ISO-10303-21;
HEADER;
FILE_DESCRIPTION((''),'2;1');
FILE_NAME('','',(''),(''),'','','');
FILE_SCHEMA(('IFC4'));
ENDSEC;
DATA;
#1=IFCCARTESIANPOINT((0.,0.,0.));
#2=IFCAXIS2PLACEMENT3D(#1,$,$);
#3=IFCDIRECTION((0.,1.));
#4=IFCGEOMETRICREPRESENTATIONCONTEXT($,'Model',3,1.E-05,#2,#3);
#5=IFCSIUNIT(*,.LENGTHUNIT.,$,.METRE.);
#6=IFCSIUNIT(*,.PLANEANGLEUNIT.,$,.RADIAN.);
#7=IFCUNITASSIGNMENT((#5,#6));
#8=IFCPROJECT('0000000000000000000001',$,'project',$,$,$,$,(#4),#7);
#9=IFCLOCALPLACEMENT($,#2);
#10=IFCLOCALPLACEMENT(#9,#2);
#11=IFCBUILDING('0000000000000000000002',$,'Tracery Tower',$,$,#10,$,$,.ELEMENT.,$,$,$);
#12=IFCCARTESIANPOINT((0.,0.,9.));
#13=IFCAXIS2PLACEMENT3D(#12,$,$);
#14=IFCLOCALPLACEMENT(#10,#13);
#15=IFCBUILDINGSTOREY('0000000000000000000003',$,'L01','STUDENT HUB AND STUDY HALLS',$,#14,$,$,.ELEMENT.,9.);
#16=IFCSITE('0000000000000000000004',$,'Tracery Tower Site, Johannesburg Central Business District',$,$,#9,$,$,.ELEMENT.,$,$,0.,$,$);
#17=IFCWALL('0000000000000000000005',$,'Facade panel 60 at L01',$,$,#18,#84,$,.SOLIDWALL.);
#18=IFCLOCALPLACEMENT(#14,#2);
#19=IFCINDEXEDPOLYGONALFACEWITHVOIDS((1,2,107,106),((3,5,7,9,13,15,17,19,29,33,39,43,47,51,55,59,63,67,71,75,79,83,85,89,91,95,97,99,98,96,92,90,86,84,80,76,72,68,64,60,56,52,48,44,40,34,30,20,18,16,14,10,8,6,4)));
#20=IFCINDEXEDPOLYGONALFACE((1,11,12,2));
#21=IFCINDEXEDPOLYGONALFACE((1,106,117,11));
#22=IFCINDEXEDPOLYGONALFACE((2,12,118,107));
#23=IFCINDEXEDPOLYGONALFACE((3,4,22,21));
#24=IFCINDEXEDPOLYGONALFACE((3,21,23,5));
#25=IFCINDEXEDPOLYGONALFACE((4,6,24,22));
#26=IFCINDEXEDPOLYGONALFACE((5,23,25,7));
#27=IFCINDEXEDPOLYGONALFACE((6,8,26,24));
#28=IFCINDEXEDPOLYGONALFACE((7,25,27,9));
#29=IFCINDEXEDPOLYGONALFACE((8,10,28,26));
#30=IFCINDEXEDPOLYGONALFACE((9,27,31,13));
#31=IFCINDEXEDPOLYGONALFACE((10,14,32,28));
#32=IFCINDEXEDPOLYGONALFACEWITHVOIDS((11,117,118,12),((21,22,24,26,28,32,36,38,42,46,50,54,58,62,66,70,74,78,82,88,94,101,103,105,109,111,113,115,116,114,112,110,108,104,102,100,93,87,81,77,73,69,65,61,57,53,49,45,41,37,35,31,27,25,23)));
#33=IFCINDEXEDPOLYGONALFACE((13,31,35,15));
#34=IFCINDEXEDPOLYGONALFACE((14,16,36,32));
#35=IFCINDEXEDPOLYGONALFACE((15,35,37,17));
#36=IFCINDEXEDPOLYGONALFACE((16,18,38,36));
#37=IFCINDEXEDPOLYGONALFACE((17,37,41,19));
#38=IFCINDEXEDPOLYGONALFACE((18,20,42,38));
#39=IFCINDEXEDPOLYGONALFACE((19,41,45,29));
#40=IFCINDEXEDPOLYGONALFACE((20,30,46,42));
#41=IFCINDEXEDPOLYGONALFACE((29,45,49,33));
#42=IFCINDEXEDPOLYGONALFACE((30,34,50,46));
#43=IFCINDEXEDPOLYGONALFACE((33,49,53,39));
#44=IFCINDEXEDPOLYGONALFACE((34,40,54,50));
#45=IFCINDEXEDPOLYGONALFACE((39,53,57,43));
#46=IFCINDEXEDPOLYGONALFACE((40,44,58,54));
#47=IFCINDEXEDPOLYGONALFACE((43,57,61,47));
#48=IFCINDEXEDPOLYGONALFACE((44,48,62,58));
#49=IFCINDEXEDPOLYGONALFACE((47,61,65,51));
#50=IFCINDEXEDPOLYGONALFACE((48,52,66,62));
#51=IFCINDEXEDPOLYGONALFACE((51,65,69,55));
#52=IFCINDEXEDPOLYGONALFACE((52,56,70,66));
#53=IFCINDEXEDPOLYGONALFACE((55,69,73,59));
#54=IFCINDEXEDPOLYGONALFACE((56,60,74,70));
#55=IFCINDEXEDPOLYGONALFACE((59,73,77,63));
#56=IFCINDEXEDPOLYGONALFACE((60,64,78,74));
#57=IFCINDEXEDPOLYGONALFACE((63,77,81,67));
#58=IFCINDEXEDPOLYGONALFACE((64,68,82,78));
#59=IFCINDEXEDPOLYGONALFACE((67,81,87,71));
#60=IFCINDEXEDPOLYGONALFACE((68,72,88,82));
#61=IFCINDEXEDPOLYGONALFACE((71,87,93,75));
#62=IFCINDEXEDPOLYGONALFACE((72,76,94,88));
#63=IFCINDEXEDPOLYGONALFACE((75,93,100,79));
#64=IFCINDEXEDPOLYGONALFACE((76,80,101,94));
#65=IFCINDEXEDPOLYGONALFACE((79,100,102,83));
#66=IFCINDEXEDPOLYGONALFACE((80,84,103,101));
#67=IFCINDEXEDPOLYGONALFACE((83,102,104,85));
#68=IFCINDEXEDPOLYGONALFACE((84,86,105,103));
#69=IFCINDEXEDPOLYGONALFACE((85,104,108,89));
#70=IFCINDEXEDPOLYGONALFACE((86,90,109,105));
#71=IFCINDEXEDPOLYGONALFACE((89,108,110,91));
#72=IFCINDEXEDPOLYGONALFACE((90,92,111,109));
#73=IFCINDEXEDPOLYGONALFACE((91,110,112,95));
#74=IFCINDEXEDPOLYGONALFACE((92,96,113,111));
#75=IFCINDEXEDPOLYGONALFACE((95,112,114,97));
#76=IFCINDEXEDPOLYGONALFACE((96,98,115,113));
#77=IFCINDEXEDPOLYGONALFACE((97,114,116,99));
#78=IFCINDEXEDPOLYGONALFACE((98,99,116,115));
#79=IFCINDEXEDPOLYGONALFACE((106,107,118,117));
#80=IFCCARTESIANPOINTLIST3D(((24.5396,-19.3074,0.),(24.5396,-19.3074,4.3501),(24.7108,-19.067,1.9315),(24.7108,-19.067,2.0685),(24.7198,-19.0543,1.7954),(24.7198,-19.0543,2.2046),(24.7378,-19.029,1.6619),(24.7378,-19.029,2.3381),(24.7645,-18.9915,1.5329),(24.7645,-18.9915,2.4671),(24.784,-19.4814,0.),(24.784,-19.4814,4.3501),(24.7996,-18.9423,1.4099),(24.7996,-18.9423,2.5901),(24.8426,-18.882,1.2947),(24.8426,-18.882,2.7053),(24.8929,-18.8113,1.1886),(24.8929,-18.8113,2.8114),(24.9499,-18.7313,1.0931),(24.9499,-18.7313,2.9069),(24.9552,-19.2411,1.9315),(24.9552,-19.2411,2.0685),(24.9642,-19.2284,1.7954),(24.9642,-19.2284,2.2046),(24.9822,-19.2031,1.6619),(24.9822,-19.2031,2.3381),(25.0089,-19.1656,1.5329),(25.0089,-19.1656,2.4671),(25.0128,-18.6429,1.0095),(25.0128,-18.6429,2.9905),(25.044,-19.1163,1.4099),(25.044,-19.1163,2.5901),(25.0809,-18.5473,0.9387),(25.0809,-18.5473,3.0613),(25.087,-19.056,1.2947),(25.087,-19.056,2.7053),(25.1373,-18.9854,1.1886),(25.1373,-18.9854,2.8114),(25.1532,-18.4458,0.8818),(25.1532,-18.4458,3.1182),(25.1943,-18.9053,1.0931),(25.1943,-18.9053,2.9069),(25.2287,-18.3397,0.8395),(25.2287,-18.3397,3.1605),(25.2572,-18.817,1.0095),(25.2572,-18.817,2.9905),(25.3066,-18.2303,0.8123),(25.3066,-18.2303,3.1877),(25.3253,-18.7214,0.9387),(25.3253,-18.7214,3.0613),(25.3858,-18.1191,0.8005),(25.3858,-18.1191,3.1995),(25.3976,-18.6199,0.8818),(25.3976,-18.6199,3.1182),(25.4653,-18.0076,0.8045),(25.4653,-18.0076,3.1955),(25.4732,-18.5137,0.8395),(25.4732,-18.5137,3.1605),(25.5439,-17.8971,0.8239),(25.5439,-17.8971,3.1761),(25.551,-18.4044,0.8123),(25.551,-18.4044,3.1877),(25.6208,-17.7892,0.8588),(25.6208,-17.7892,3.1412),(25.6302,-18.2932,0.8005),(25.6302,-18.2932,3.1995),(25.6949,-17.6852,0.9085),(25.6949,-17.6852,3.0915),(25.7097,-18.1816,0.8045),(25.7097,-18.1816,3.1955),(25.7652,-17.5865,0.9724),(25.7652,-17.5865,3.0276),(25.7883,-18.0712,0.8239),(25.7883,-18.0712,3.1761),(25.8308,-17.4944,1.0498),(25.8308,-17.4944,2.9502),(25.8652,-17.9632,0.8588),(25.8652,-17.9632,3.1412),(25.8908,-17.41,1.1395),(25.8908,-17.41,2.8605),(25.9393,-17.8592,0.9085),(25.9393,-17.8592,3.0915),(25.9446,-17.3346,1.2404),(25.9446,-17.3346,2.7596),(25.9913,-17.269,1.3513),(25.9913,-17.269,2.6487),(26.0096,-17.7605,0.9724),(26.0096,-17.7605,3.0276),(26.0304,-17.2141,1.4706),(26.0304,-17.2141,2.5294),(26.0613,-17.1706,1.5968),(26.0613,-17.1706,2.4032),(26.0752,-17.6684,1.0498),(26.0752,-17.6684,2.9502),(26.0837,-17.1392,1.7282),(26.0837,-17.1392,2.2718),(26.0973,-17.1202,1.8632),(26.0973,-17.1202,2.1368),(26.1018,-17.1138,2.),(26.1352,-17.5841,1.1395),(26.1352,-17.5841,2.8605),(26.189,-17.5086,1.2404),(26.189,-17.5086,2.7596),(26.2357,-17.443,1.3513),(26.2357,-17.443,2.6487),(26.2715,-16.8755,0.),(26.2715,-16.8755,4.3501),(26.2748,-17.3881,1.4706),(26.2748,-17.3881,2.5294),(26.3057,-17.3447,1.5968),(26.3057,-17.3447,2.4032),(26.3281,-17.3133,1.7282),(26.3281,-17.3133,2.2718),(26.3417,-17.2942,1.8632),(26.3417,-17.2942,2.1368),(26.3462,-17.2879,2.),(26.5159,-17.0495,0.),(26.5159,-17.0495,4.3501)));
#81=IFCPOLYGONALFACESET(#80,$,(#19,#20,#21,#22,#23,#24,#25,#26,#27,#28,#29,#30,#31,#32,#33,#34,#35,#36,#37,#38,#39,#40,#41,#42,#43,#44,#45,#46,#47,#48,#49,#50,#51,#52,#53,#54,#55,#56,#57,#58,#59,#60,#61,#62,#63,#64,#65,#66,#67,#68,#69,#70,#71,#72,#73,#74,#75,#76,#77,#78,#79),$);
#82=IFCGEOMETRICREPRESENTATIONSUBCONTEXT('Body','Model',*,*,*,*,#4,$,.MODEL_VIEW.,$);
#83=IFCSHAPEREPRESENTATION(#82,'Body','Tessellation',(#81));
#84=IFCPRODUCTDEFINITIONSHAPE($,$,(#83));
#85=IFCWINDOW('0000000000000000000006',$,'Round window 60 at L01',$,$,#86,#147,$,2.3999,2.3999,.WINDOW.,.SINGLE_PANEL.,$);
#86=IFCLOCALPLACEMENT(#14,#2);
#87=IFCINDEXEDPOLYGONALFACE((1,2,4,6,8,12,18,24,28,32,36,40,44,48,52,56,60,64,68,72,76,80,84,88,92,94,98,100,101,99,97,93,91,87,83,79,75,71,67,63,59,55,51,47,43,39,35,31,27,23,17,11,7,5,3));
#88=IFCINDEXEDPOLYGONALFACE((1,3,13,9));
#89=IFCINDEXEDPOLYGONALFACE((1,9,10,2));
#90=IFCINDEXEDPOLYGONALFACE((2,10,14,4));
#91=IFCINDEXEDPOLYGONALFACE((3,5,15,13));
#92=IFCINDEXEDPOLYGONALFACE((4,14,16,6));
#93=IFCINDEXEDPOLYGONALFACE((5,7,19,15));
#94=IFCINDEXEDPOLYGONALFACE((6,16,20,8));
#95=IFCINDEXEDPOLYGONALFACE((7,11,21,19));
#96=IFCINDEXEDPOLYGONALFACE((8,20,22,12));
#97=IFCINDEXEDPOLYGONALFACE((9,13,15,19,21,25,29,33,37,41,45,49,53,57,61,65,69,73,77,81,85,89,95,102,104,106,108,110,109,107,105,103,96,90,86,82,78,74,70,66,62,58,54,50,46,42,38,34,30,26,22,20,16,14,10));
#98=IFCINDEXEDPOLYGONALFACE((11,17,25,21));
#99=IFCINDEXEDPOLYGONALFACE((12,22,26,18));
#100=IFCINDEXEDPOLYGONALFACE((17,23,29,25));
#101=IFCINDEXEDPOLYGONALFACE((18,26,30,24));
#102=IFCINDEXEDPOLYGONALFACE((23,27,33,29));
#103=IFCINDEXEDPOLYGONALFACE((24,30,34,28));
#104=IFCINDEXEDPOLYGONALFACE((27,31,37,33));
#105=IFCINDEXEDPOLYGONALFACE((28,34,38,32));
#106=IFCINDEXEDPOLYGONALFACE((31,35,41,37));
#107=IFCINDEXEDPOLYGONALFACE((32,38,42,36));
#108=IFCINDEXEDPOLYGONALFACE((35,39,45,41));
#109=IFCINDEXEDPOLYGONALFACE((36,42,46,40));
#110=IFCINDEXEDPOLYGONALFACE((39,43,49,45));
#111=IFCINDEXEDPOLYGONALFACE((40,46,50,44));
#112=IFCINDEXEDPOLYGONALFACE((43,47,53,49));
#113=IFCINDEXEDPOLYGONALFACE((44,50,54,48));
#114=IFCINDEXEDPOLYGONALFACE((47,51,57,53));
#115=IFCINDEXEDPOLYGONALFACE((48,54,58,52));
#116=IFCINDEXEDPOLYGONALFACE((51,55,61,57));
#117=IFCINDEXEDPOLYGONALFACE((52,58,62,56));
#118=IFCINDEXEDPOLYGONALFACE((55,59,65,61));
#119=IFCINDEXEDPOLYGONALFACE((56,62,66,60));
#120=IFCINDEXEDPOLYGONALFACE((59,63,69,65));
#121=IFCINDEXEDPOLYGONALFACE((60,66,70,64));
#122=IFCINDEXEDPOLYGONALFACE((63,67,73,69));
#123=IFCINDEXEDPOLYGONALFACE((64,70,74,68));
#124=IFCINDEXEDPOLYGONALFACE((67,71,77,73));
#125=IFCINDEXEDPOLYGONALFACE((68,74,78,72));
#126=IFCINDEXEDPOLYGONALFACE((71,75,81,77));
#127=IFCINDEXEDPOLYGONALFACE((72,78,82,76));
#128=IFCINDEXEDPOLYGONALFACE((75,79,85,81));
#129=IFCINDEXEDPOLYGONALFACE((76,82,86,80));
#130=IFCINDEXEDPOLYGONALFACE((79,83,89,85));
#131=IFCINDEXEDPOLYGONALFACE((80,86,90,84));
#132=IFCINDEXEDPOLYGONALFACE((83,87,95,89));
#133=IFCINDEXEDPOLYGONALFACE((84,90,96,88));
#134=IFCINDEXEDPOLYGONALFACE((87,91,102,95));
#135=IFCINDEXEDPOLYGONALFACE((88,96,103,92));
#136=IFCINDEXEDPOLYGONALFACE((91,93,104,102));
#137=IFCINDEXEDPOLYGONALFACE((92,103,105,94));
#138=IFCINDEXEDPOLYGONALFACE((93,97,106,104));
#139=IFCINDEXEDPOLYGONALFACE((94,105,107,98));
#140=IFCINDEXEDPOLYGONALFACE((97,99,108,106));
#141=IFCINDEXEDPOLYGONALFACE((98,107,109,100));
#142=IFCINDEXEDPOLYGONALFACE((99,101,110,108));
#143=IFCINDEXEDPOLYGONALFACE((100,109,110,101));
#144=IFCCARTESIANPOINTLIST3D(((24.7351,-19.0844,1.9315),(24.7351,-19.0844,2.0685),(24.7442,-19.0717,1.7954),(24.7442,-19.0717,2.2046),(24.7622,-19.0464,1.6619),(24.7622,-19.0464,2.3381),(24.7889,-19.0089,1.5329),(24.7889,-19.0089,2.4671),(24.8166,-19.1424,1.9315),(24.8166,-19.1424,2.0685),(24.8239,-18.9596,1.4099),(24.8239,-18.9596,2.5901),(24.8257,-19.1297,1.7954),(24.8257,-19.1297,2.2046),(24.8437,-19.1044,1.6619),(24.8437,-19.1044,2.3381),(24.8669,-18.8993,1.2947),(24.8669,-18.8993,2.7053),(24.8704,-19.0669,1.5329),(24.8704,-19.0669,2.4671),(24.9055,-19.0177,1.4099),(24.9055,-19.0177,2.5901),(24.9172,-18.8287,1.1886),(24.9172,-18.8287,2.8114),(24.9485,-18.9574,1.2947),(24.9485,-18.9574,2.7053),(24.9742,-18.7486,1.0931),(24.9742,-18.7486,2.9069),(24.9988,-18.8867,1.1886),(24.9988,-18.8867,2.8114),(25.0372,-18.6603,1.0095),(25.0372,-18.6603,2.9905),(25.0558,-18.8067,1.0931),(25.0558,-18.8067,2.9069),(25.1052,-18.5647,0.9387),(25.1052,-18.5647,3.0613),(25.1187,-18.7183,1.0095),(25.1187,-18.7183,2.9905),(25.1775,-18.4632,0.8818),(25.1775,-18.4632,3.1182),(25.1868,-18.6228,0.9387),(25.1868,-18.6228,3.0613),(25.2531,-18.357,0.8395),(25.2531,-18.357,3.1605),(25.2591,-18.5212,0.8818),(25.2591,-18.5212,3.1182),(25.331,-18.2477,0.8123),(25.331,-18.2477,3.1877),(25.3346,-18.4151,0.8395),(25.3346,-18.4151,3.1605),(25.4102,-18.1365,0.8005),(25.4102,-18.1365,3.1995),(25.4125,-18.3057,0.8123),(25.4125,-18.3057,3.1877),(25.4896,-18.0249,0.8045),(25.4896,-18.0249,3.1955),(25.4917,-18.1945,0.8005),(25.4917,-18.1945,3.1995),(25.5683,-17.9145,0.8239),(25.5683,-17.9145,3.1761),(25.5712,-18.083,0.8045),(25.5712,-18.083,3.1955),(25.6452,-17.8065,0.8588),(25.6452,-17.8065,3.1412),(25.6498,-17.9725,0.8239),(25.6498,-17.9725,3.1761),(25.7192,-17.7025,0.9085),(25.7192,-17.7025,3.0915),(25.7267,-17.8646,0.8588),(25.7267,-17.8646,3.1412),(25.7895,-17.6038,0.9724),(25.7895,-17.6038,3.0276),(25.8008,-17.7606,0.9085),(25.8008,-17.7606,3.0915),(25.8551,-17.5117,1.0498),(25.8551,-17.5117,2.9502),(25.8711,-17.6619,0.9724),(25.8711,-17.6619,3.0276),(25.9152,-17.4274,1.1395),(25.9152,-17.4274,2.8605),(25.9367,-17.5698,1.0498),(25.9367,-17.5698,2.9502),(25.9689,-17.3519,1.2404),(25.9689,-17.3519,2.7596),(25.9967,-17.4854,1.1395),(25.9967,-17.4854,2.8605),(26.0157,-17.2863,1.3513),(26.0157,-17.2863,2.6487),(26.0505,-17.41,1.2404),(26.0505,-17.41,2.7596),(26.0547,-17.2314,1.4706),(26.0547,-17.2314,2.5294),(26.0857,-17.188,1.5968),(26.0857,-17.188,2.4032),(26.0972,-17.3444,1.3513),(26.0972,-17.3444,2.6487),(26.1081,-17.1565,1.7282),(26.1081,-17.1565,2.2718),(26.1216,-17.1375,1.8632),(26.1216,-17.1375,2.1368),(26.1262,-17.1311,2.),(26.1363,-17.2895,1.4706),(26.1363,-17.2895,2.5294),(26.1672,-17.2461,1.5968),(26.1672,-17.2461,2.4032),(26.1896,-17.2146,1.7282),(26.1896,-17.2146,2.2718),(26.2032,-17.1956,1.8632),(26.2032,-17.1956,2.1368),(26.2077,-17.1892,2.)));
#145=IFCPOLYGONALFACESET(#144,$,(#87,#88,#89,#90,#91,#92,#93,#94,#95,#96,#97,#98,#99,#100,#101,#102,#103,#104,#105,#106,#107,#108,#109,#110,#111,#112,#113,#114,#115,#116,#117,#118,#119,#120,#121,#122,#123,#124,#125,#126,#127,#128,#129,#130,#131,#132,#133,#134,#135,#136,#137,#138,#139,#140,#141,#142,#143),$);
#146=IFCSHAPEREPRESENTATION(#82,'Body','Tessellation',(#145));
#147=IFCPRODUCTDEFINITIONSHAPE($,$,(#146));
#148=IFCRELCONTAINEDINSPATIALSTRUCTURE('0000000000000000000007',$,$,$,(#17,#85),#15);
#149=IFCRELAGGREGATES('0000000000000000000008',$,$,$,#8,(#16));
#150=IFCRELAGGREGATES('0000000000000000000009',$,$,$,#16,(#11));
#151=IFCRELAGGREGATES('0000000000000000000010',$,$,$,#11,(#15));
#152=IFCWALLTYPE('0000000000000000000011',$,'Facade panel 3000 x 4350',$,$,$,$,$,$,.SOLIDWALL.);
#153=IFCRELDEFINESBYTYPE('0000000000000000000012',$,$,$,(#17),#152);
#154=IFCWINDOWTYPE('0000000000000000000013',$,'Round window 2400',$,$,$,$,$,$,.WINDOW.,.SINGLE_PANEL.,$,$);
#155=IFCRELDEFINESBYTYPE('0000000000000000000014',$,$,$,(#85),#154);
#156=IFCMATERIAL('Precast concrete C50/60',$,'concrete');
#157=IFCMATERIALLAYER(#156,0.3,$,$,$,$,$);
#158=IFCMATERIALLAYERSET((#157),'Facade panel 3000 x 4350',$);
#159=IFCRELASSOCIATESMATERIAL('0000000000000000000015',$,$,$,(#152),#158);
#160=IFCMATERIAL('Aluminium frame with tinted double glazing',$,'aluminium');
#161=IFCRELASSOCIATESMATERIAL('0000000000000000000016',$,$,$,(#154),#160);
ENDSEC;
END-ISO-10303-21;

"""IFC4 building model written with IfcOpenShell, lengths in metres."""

from ifc_helpers import new_model, si_unit, direction, frame, frame_2d, origin, origin_2d, place, context, subcontext, project, spatial, rectangle, circle, extrude, material, layer, layer_set, type_object, element, fill, save


model = new_model("IFC4")

# Units and contexts
model_context = context("Model", 3, precision=1e-05, world=origin(), true_north=direction((0.0, 1.0)))
body_context = subcontext(model_context, "Body", "Model", "MODEL_VIEW")
ifc_project = project(units=[si_unit("LENGTHUNIT", "METRE"), si_unit("PLANEANGLEUNIT", "RADIAN")], contexts=[model_context])

# Site, building, storey
site_placement = place(None, origin())
site = spatial("IfcSite", under=ifc_project, at=site_placement, Name="Tracery Tower Site, Johannesburg Central Business District", CompositionType="ELEMENT", RefElevation=0.0)
building_placement = place(site_placement, origin())
building = spatial("IfcBuilding", under=site, at=building_placement, Name="Tracery Tower", CompositionType="ELEMENT")
storey_placement = place(building_placement, frame((0.0, 0.0, 9.0)))
storey = spatial("IfcBuildingStorey", under=building, at=storey_placement, Name="L01", Description="STUDENT HUB AND STUDY HALLS", CompositionType="ELEMENT", Elevation=9.0)

# Wall, opening, window
ifc_material_1 = material(Name="Precast concrete C50/60", Category="concrete")
ifc_layer_1 = layer(ifc_material_1, 0.3)
ifc_layer_set_1 = layer_set([ifc_layer_1], Name="Facade panel 3000 x 4350")
wall_type_1 = type_object("IfcWallType", Name="Facade panel 3000 x 4350", PredefinedType="SOLIDWALL", material=ifc_layer_set_1)
ifc_material_2 = material(Name="Aluminium frame with tinted double glazing", Category="aluminium")
window_type = type_object("IfcWindowType", Name="Round window 2400", PartitioningType="SINGLE_PANEL", PredefinedType="WINDOW", material=ifc_material_2)
wall_1_placement = place(storey_placement, frame((24.6619, -19.3943, 0.0), z_axis=(0.0, 0.0, 1.0), x_axis=(0.580101, 0.814545, 0.0)))
wall_1 = element("IfcWall", 1, at=wall_1_placement, inside=storey, type_object=wall_type_1, Name="Facade panel 60 at L01", PredefinedType="SOLIDWALL", context=body_context, shape_type="SweptSolid", body=[
    extrude(rectangle(XDim=2.9856, YDim=0.3, at=frame_2d((1.4927, 0.0))), origin(), (0.0, 0.0, 1.0), 4.3501),
])
opening_1_placement = place(wall_1_placement, frame((1.4929, 0.0, 2.0)))
opening_1 = element("IfcOpeningElement", 2, at=opening_1_placement, cuts=wall_1, PredefinedType="OPENING", context=body_context, shape_type="SweptSolid", body=[
    extrude(circle(Radius=1.2, at=origin_2d()), frame((0.0, 0.1599, 0.0), z_axis=(0.0, -1.0, 0.0), x_axis=(1.0, 0.0, 0.0)), (0.0, 0.0, 1.0), 0.3201),
])
window_1_placement = place(opening_1_placement, origin())
window_1 = element("IfcWindow", 3, at=window_1_placement, inside=storey, type_object=window_type, Name="Round window 60 at L01", OverallHeight=2.3999, OverallWidth=2.3999, PartitioningType="SINGLE_PANEL", PredefinedType="WINDOW", context=body_context, shape_type="SweptSolid", body=[
    extrude(circle(Radius=1.2, at=origin_2d()), frame((0.0, 0.1201, 0.0), z_axis=(0.0, -1.0, 0.0), x_axis=(1.0, 0.0, 0.0)), (0.0, 0.0, 1.0), 0.1001),
])
fill(opening_1, window_1)

save(model, "model.ifc")
